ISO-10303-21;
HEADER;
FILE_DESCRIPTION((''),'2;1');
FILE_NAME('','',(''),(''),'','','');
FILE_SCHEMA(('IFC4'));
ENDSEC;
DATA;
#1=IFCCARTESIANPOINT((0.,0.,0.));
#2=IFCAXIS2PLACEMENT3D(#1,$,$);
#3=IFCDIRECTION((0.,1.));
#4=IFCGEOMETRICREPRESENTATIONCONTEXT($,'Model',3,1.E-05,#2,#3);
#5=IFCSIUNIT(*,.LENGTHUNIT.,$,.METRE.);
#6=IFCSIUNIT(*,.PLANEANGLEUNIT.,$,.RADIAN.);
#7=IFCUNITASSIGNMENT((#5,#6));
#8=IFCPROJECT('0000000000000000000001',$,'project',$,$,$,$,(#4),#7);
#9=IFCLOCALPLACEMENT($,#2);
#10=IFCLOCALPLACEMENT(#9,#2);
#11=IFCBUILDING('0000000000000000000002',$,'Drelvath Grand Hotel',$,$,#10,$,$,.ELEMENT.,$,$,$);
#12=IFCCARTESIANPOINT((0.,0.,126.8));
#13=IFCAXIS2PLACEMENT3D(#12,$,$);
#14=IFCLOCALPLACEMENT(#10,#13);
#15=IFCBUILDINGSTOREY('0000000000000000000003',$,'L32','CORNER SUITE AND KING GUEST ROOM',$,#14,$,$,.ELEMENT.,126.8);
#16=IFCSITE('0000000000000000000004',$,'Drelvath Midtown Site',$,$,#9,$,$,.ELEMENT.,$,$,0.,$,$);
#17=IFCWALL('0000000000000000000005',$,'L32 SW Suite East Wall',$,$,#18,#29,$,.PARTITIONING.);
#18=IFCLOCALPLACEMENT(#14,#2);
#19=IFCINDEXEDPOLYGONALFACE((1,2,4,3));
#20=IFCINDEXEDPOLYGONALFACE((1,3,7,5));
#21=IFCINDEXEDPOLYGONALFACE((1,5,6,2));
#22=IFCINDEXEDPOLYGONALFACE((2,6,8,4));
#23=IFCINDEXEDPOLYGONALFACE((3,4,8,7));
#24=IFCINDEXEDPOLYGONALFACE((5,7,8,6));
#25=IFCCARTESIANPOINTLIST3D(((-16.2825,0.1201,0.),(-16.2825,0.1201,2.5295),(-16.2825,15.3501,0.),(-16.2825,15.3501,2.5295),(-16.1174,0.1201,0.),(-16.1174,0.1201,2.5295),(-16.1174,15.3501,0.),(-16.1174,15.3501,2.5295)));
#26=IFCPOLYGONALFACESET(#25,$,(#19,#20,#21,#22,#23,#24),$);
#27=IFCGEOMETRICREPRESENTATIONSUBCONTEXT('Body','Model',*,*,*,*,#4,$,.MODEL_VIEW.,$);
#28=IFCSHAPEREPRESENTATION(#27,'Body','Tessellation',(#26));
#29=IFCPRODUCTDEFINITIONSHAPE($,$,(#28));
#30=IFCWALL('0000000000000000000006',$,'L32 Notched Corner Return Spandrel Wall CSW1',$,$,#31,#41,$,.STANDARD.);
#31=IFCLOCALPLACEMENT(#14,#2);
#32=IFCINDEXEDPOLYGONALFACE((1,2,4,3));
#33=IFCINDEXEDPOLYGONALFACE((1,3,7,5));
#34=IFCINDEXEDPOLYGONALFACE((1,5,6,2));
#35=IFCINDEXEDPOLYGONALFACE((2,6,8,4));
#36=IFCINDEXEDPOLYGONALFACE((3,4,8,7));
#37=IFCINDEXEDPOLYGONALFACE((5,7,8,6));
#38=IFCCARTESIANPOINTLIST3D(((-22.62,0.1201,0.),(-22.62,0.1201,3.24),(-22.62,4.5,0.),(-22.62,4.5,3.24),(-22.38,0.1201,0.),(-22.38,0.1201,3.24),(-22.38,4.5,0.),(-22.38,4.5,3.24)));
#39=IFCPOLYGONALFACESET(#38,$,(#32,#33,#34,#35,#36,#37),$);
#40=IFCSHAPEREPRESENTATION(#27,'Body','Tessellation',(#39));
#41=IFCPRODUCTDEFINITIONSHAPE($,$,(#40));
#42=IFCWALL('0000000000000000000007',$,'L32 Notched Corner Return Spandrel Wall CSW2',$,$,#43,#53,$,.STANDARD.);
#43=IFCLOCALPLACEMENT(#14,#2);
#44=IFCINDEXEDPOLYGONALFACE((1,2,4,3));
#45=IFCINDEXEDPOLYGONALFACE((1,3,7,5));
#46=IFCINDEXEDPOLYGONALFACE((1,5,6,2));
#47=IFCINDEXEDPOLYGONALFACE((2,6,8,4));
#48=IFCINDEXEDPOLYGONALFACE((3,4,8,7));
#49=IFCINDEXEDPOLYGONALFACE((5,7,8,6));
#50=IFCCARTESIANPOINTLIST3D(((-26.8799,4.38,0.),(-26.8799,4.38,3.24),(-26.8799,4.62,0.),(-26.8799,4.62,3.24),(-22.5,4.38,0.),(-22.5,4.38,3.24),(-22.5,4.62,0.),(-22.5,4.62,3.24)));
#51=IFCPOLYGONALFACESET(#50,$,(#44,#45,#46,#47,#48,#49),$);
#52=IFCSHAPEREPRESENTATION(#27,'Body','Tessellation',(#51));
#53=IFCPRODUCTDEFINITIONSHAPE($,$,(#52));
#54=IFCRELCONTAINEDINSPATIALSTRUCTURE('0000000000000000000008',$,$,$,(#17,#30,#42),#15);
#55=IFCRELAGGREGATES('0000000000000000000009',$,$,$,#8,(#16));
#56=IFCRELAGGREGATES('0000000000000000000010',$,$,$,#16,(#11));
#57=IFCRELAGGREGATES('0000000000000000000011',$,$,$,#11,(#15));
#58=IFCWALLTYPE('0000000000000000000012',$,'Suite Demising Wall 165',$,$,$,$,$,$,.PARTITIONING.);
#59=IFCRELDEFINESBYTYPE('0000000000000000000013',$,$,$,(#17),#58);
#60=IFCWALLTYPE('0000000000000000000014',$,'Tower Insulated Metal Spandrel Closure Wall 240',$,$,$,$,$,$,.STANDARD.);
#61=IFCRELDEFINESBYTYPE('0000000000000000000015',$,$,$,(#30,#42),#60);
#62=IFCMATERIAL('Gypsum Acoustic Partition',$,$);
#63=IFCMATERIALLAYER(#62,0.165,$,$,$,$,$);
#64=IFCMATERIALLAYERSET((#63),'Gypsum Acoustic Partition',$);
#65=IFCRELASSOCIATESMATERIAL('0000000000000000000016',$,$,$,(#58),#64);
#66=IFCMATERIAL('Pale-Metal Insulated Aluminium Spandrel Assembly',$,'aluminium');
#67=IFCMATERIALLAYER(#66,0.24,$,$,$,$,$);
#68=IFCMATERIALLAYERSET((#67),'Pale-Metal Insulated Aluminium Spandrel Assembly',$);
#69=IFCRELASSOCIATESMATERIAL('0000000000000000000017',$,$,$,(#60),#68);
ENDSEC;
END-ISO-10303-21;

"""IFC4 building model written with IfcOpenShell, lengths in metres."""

from ifc_helpers import new_model, si_unit, direction, frame, frame_2d, origin, place, context, subcontext, project, spatial, rectangle, extrude, material, layer, layer_set, type_object, element, save


model = new_model("IFC4")

# Units and contexts
model_context = context("Model", 3, precision=1e-05, world=origin(), true_north=direction((0.0, 1.0)))
body_context = subcontext(model_context, "Body", "Model", "MODEL_VIEW")
ifc_project = project(units=[si_unit("LENGTHUNIT", "METRE"), si_unit("PLANEANGLEUNIT", "RADIAN")], contexts=[model_context])

# Site, building, storey
site_placement = place(None, origin())
site = spatial("IfcSite", under=ifc_project, at=site_placement, Name="Drelvath Midtown Site", CompositionType="ELEMENT", RefElevation=0.0)
building_placement = place(site_placement, origin())
building = spatial("IfcBuilding", under=site, at=building_placement, Name="Drelvath Grand Hotel", CompositionType="ELEMENT")
storey_placement = place(building_placement, frame((0.0, 0.0, 126.8)))
storey = spatial("IfcBuildingStorey", under=building, at=storey_placement, Name="L32", Description="CORNER SUITE AND KING GUEST ROOM", CompositionType="ELEMENT", Elevation=126.8)

# Walls
ifc_material_1 = material(Name="Gypsum Acoustic Partition")
ifc_layer_1 = layer(ifc_material_1, 0.165)
ifc_layer_set_1 = layer_set([ifc_layer_1], Name="Gypsum Acoustic Partition")
wall_type_1 = type_object("IfcWallType", Name="Suite Demising Wall 165", PredefinedType="PARTITIONING", material=ifc_layer_set_1)
wall_placement = place(storey_placement, frame((-16.2, 0.1201, 0.0), z_axis=(0.0, 0.0, 1.0), x_axis=(0.0, 1.0, 0.0)))
element("IfcWall", 1, at=wall_placement, inside=storey, type_object=wall_type_1, Name="L32 SW Suite East Wall", PredefinedType="PARTITIONING", context=body_context, shape_type="SweptSolid", body=[
    extrude(rectangle(XDim=15.23, YDim=0.165, at=frame_2d((7.615, 0.0))), origin(), (0.0, 0.0, 1.0), 2.5295),
])
ifc_material_2 = material(Name="Pale-Metal Insulated Aluminium Spandrel Assembly", Category="aluminium")
ifc_layer_2 = layer(ifc_material_2, 0.24)
ifc_layer_set_2 = layer_set([ifc_layer_2], Name="Pale-Metal Insulated Aluminium Spandrel Assembly")
wall_type_2 = type_object("IfcWallType", Name="Tower Insulated Metal Spandrel Closure Wall 240", PredefinedType="STANDARD", material=ifc_layer_set_2)
for number, where, z_axis, x_axis, name in (
    (2, (-22.5, 0.1201, 0.0), (0.0, 0.0, 1.0), (0.0, 1.0, 0.0), "L32 Notched Corner Return Spandrel Wall CSW1"),
    (3, (-22.5, 4.5, 0.0), (0.0, 0.0, 1.0), (-1.0, 0.0, 0.0), "L32 Notched Corner Return Spandrel Wall CSW2"),
):
    element("IfcWall", number, at=place(storey_placement, frame(where, z_axis=z_axis, x_axis=x_axis)), inside=storey, type_object=wall_type_2, Name=name, PredefinedType="STANDARD", context=body_context, shape_type="SweptSolid", body=[
        extrude(rectangle(XDim=4.3799, YDim=0.24, at=frame_2d((2.1899, 0.0))), origin(), (0.0, 0.0, 1.0), 3.24),
    ])

save(model, "model.ifc")
